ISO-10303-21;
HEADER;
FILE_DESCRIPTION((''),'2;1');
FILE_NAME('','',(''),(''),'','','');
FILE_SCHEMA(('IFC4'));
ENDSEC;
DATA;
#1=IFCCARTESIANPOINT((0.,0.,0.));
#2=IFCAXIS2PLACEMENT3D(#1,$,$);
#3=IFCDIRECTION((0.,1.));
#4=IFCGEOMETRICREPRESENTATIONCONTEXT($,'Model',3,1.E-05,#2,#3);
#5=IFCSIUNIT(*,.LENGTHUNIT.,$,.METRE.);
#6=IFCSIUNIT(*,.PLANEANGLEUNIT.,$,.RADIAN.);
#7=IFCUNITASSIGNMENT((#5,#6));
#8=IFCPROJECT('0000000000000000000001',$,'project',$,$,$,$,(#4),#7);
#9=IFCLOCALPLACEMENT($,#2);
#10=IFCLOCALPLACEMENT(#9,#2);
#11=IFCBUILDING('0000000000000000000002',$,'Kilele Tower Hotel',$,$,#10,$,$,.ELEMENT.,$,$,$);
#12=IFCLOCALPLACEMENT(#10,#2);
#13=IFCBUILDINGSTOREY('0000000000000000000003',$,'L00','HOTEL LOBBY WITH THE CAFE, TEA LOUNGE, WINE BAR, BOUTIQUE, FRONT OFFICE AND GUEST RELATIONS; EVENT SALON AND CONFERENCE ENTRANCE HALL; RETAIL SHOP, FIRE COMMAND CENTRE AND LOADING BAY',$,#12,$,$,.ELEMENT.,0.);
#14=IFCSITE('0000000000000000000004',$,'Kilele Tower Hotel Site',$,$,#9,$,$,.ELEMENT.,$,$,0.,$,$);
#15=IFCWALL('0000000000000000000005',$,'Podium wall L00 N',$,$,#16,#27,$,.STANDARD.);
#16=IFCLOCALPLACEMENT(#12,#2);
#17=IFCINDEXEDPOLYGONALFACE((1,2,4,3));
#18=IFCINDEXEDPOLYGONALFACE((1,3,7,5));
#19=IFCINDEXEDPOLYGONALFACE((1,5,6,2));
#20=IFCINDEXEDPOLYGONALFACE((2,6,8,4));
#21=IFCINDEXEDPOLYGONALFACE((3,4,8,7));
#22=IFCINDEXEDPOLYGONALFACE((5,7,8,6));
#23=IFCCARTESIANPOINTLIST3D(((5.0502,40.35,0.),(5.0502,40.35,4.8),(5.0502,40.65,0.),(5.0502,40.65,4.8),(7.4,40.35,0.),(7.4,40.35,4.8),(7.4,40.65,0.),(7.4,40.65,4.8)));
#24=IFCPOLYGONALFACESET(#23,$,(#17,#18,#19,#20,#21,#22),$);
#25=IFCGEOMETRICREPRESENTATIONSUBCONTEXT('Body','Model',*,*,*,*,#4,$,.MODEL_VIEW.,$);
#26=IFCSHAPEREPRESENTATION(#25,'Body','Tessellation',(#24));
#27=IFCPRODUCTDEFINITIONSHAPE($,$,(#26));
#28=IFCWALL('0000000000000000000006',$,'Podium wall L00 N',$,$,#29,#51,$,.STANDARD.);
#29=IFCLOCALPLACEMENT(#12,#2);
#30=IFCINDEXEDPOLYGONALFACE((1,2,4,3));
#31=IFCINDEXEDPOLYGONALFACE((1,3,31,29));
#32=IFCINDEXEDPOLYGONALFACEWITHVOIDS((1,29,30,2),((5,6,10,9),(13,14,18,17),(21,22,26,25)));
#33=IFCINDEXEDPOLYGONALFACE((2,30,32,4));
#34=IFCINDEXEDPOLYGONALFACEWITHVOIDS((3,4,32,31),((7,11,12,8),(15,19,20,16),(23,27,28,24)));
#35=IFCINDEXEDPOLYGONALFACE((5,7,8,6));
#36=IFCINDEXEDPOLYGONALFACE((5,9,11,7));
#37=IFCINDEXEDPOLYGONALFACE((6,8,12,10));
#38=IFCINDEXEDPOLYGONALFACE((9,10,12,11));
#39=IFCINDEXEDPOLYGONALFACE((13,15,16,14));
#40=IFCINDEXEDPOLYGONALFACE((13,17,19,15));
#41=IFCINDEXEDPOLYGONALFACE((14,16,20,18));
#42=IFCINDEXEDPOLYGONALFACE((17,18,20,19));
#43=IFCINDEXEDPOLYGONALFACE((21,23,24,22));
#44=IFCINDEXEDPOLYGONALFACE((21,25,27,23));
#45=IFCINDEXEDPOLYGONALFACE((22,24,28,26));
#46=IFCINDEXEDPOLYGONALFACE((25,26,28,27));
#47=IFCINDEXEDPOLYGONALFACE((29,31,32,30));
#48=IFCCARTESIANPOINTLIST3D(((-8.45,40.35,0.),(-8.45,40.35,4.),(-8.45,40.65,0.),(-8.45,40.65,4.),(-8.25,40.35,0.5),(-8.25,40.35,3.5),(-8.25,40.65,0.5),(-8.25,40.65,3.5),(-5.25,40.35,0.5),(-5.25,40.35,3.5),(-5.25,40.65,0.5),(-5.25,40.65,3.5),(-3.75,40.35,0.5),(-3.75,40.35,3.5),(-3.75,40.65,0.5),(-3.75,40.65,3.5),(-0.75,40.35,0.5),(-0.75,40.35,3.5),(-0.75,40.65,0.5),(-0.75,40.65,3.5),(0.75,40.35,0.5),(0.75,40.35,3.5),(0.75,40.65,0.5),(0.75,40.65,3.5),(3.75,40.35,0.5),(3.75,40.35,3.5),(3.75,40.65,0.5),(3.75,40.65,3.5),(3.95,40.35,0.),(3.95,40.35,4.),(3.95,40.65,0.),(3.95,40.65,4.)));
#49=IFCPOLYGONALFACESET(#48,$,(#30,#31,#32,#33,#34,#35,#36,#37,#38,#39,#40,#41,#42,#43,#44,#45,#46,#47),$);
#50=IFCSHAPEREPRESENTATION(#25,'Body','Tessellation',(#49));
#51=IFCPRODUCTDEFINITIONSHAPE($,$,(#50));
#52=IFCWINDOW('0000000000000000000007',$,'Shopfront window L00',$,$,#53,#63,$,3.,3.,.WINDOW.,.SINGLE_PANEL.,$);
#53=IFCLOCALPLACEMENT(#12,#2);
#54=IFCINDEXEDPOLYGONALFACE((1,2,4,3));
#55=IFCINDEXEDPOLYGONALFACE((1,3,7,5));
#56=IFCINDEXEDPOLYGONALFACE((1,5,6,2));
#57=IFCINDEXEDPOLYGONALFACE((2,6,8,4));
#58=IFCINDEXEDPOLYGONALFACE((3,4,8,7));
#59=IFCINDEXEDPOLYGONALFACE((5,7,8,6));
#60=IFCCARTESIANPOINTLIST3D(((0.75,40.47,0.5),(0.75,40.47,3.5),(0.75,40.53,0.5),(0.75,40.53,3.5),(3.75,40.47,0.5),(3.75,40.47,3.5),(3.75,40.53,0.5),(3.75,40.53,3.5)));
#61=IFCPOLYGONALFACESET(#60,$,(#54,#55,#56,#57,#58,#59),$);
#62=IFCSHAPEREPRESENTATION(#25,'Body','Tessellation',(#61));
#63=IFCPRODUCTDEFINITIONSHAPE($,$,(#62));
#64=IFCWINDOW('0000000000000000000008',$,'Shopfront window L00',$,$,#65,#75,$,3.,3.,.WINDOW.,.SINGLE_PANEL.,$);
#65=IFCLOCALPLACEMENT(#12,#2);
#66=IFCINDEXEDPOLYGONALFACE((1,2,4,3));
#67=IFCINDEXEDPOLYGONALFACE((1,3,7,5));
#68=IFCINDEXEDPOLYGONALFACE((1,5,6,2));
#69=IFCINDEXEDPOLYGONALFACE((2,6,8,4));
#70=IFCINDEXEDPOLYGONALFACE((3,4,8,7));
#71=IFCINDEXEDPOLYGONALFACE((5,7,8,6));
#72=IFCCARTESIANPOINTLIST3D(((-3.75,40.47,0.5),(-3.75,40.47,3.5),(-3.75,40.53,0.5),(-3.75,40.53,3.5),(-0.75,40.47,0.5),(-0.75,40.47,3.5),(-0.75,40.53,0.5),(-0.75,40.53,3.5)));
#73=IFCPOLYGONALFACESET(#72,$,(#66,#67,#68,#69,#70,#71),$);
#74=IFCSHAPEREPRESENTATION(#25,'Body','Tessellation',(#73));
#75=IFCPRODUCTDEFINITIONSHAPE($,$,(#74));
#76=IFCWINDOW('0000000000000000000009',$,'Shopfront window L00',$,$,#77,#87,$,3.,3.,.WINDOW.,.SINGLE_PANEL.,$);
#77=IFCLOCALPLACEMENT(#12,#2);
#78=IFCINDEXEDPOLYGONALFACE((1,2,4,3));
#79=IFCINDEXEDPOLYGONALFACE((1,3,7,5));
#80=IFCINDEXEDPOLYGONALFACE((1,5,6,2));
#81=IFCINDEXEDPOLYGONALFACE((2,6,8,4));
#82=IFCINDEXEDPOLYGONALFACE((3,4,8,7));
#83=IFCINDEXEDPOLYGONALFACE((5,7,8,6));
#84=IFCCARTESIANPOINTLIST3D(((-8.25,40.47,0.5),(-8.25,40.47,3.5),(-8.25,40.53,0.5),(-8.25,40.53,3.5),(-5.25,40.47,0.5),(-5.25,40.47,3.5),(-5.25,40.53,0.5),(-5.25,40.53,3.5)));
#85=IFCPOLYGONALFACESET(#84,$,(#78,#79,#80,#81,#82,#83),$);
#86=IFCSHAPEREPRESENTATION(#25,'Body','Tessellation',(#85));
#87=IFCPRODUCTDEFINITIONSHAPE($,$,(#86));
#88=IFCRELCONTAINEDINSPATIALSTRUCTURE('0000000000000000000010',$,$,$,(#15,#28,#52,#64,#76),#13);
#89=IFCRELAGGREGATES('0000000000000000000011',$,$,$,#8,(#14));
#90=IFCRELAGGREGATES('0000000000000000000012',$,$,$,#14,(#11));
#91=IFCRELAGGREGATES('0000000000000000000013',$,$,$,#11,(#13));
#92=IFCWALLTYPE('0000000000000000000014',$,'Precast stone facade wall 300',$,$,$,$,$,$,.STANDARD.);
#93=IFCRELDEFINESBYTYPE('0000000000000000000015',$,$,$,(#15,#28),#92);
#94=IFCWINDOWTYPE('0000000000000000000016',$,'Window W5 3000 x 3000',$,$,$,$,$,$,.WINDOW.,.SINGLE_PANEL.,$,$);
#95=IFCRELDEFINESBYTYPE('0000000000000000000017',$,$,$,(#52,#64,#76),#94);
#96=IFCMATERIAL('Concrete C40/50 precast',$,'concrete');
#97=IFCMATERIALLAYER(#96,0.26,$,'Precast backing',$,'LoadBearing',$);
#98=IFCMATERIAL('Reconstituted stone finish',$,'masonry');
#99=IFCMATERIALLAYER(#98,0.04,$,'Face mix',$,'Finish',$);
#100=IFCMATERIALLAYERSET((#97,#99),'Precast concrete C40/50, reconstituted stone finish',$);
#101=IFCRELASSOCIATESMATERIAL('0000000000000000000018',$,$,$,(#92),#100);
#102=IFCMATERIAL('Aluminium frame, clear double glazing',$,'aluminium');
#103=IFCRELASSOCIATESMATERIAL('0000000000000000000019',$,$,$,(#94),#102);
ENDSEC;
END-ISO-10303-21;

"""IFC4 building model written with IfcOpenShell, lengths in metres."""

from ifc_helpers import new_model, si_unit, direction, frame, frame_2d, origin, place, context, subcontext, project, spatial, rectangle, extrude, material, layer, layer_set, type_object, element, fill, save


model = new_model("IFC4")

# Units and contexts
model_context = context("Model", 3, precision=1e-05, world=origin(), true_north=direction((0.0, 1.0)))
body_context = subcontext(model_context, "Body", "Model", "MODEL_VIEW")
ifc_project = project(units=[si_unit("LENGTHUNIT", "METRE"), si_unit("PLANEANGLEUNIT", "RADIAN")], contexts=[model_context])

# Site, building, storey
site_placement = place(None, origin())
site = spatial("IfcSite", under=ifc_project, at=site_placement, Name="Kilele Tower Hotel Site", CompositionType="ELEMENT", RefElevation=0.0)
building_placement = place(site_placement, origin())
building = spatial("IfcBuilding", under=site, at=building_placement, Name="Kilele Tower Hotel", CompositionType="ELEMENT")
storey_placement = place(building_placement, origin())
storey = spatial("IfcBuildingStorey", under=building, at=storey_placement, Name="L00", Description="HOTEL LOBBY WITH THE CAFE, TEA LOUNGE, WINE BAR, BOUTIQUE, FRONT OFFICE AND GUEST RELATIONS; EVENT SALON AND CONFERENCE ENTRANCE HALL; RETAIL SHOP, FIRE COMMAND CENTRE AND LOADING BAY", CompositionType="ELEMENT", Elevation=0.0)

# Wall
ifc_material_1 = material(Name="Concrete C40/50 precast", Category="concrete")
ifc_layer_1 = layer(ifc_material_1, 0.26, Name="Precast backing", Category="LoadBearing")
ifc_material_2 = material(Name="Reconstituted stone finish", Category="masonry")
ifc_layer_2 = layer(ifc_material_2, 0.04, Name="Face mix", Category="Finish")
ifc_layer_set_1 = layer_set([ifc_layer_1, ifc_layer_2], Name="Precast concrete C40/50, reconstituted stone finish")
wall_type_1 = type_object("IfcWallType", Name="Precast stone facade wall 300", PredefinedType="STANDARD", material=ifc_layer_set_1)
wall_1_placement = place(storey_placement, frame((7.3999, 40.5, 0.0), z_axis=(0.0, 0.0, 1.0), x_axis=(-1.0, 0.0, 0.0)))
element("IfcWall", 1, at=wall_1_placement, inside=storey, type_object=wall_type_1, Name="Podium wall L00 N", PredefinedType="STANDARD", context=body_context, shape_type="SweptSolid", body=[
    extrude(rectangle(XDim=2.3499, YDim=0.3, at=frame_2d((1.1748, 0.0))), origin(), (0.0, 0.0, 1.0), 4.8),
])

# Wall, openings, windows
wall_2_placement = place(storey_placement, frame((3.95, 40.5, 0.0), z_axis=(0.0, 0.0, 1.0), x_axis=(-1.0, 0.0, 0.0)))
wall_2 = element("IfcWall", 2, at=wall_2_placement, inside=storey, type_object=wall_type_1, Name="Podium wall L00 N", PredefinedType="STANDARD", context=body_context, shape_type="SweptSolid", body=[
    extrude(rectangle(XDim=12.3999, YDim=0.3, at=frame_2d((6.2, 0.0))), origin(), (0.0, 0.0, 1.0), 4.0),
])
opening_1_placement = place(wall_2_placement, frame((0.2, 0.0, 0.5)))
opening_1 = element("IfcOpeningElement", 3, at=opening_1_placement, cuts=wall_2, PredefinedType="OPENING", context=body_context, shape_type="SweptSolid", body=[
    extrude(rectangle(XDim=3.0, YDim=3.0, at=frame_2d((1.5, 1.5))), frame((0.0, 0.1599, 0.0), z_axis=(0.0, -1.0, 0.0), x_axis=(1.0, 0.0, 0.0)), (0.0, 0.0, 1.0), 0.3201),
])
opening_2_placement = place(wall_2_placement, frame((4.7, 0.0, 0.5)))
opening_2 = element("IfcOpeningElement", 4, at=opening_2_placement, cuts=wall_2, PredefinedType="OPENING", context=body_context, shape_type="SweptSolid", body=[
    extrude(rectangle(XDim=3.0, YDim=3.0, at=frame_2d((1.5, 1.5))), frame((0.0, 0.1599, 0.0), z_axis=(0.0, -1.0, 0.0), x_axis=(1.0, 0.0, 0.0)), (0.0, 0.0, 1.0), 0.3201),
])
opening_3_placement = place(wall_2_placement, frame((9.2, 0.0, 0.5)))
opening_3 = element("IfcOpeningElement", 5, at=opening_3_placement, cuts=wall_2, PredefinedType="OPENING", context=body_context, shape_type="SweptSolid", body=[
    extrude(rectangle(XDim=3.0, YDim=3.0, at=frame_2d((1.5, 1.5))), frame((0.0, 0.1599, 0.0), z_axis=(0.0, -1.0, 0.0), x_axis=(1.0, 0.0, 0.0)), (0.0, 0.0, 1.0), 0.3201),
])
ifc_material_3 = material(Name="Aluminium frame, clear double glazing", Category="aluminium")
window_type = type_object("IfcWindowType", Name="Window W5 3000 x 3000", PartitioningType="SINGLE_PANEL", PredefinedType="WINDOW", material=ifc_material_3)
window_1_placement = place(opening_1_placement, origin())
window_1 = element("IfcWindow", 6, at=window_1_placement, inside=storey, type_object=window_type, Name="Shopfront window L00", OverallHeight=3.0, OverallWidth=3.0, PartitioningType="SINGLE_PANEL", PredefinedType="WINDOW", context=body_context, shape_type="SweptSolid", body=[
    extrude(rectangle(XDim=3.0, YDim=3.0, at=frame_2d((1.5, 1.5))), frame((0.0, 0.03, 0.0), z_axis=(0.0, -1.0, 0.0), x_axis=(1.0, 0.0, 0.0)), (0.0, 0.0, 1.0), 0.0601),
])
fill(opening_1, window_1)
window_2_placement = place(opening_2_placement, origin())
window_2 = element("IfcWindow", 7, at=window_2_placement, inside=storey, type_object=window_type, Name="Shopfront window L00", OverallHeight=3.0, OverallWidth=3.0, PartitioningType="SINGLE_PANEL", PredefinedType="WINDOW", context=body_context, shape_type="SweptSolid", body=[
    extrude(rectangle(XDim=3.0, YDim=3.0, at=frame_2d((1.5, 1.5))), frame((0.0, 0.03, 0.0), z_axis=(0.0, -1.0, 0.0), x_axis=(1.0, 0.0, 0.0)), (0.0, 0.0, 1.0), 0.0601),
])
fill(opening_2, window_2)
window_3_placement = place(opening_3_placement, origin())
window_3 = element("IfcWindow", 8, at=window_3_placement, inside=storey, type_object=window_type, Name="Shopfront window L00", OverallHeight=3.0, OverallWidth=3.0, PartitioningType="SINGLE_PANEL", PredefinedType="WINDOW", context=body_context, shape_type="SweptSolid", body=[
    extrude(rectangle(XDim=3.0, YDim=3.0, at=frame_2d((1.5, 1.5))), frame((0.0, 0.03, 0.0), z_axis=(0.0, -1.0, 0.0), x_axis=(1.0, 0.0, 0.0)), (0.0, 0.0, 1.0), 0.0601),
])
fill(opening_3, window_3)

save(model, "model.ifc")
